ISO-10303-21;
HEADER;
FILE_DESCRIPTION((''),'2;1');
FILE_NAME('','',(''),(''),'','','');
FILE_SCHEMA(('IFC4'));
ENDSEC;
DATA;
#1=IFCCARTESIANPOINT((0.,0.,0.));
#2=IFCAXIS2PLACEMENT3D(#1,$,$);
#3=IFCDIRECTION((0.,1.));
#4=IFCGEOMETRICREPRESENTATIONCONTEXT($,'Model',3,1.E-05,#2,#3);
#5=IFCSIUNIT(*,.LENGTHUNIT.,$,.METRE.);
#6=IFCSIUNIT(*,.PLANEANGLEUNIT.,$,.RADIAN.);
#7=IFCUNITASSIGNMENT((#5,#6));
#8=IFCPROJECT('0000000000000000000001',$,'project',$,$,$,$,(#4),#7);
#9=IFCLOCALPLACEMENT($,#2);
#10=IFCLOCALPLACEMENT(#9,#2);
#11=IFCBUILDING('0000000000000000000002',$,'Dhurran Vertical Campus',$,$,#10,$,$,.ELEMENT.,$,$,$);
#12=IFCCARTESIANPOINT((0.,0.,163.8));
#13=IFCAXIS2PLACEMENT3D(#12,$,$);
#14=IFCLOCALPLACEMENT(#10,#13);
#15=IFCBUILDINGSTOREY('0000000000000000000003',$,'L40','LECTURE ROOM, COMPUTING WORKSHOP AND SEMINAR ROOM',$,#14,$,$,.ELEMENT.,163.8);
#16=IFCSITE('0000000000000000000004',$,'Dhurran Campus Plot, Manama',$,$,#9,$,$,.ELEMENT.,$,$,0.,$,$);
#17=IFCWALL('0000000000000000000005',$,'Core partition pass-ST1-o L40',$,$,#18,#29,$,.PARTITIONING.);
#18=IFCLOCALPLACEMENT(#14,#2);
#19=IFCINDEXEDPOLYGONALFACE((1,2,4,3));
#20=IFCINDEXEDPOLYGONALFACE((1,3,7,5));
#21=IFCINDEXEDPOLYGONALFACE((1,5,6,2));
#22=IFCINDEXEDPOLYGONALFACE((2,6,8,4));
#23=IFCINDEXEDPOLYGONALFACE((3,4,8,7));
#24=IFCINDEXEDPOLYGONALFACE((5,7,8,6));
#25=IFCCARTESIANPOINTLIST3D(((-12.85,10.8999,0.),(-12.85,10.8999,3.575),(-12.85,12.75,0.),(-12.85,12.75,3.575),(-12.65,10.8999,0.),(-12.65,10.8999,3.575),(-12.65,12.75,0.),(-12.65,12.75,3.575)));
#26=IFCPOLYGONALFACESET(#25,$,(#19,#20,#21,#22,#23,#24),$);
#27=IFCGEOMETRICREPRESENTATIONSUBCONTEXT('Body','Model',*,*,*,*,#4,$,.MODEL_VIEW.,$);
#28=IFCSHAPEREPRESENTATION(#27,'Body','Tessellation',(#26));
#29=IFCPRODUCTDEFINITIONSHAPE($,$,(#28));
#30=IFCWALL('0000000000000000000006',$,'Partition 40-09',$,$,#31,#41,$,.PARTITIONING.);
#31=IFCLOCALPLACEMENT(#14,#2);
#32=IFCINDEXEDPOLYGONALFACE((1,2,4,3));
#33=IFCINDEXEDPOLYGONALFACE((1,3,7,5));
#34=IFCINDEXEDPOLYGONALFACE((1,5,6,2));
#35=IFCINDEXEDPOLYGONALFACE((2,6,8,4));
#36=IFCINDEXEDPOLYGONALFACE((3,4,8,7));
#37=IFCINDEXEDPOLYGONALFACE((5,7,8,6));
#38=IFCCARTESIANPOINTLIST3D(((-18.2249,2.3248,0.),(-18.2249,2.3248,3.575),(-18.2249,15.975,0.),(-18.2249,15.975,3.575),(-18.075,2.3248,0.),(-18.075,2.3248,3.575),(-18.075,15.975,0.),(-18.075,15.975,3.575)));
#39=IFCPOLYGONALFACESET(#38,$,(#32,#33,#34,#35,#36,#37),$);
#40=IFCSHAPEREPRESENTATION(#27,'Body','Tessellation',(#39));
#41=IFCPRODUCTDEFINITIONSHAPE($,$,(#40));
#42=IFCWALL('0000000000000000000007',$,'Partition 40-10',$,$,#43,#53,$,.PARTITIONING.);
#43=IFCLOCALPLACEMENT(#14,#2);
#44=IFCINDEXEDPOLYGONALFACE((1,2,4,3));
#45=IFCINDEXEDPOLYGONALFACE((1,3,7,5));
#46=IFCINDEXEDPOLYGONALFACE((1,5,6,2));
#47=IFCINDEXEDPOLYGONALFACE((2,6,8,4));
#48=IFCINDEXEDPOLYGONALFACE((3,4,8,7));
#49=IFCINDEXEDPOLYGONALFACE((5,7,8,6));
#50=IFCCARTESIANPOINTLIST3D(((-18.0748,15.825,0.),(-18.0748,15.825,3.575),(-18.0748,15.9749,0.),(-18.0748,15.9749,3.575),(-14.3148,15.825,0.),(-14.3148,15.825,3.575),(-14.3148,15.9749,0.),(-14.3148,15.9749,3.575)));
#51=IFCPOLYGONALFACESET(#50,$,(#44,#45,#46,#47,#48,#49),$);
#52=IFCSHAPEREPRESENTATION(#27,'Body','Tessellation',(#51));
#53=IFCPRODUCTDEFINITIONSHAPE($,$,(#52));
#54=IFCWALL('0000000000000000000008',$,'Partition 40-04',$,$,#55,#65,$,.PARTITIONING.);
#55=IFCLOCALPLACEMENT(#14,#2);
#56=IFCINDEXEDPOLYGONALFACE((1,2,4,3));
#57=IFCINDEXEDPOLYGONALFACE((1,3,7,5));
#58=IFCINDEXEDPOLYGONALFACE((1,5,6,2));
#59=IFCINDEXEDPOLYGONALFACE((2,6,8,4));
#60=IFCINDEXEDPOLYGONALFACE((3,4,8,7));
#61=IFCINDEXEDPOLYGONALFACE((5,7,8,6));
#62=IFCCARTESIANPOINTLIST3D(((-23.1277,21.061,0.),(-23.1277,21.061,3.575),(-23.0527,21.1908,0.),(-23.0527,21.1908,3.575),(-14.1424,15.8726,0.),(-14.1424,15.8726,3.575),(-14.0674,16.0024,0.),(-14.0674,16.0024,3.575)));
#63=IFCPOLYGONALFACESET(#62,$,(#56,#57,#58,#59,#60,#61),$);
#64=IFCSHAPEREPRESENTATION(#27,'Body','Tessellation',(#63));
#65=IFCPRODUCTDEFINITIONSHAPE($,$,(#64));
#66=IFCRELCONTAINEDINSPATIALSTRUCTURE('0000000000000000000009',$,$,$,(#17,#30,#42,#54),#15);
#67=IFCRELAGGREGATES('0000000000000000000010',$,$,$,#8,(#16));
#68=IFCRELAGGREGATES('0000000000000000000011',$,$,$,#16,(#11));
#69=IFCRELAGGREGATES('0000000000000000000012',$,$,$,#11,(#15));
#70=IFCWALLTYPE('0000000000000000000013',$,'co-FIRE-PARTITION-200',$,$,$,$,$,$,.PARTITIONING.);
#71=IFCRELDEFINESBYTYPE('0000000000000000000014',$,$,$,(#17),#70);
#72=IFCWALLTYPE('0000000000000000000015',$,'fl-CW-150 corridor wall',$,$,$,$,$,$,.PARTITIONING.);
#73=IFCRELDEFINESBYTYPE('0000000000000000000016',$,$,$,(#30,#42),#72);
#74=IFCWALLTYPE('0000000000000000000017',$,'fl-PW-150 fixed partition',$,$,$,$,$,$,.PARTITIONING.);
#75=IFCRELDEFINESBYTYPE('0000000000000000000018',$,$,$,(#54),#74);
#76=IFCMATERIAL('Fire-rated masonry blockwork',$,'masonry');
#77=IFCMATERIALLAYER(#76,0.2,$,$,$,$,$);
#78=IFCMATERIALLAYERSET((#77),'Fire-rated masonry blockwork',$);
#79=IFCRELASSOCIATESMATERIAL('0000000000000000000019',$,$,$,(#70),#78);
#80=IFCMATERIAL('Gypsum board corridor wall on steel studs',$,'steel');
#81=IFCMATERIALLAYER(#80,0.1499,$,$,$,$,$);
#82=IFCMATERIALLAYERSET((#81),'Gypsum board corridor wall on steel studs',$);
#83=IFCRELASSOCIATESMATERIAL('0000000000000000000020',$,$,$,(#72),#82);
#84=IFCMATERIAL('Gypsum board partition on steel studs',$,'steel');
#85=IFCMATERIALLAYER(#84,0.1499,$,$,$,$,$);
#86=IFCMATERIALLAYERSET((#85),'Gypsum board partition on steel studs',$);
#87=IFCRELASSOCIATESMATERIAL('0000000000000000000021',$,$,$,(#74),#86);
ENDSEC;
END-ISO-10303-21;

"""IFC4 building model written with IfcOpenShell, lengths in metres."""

from ifc_helpers import new_model, si_unit, direction, frame, frame_2d, origin, place, context, subcontext, project, spatial, rectangle, extrude, material, layer, layer_set, type_object, element, save


model = new_model("IFC4")

# Units and contexts
model_context = context("Model", 3, precision=1e-05, world=origin(), true_north=direction((0.0, 1.0)))
body_context = subcontext(model_context, "Body", "Model", "MODEL_VIEW")
ifc_project = project(units=[si_unit("LENGTHUNIT", "METRE"), si_unit("PLANEANGLEUNIT", "RADIAN")], contexts=[model_context])

# Site, building, storey
site_placement = place(None, origin())
site = spatial("IfcSite", under=ifc_project, at=site_placement, Name="Dhurran Campus Plot, Manama", CompositionType="ELEMENT", RefElevation=0.0)
building_placement = place(site_placement, origin())
building = spatial("IfcBuilding", under=site, at=building_placement, Name="Dhurran Vertical Campus", CompositionType="ELEMENT")
storey_placement = place(building_placement, frame((0.0, 0.0, 163.8)))
storey = spatial("IfcBuildingStorey", under=building, at=storey_placement, Name="L40", Description="LECTURE ROOM, COMPUTING WORKSHOP AND SEMINAR ROOM", CompositionType="ELEMENT", Elevation=163.8)

# Walls
ifc_material_1 = material(Name="Fire-rated masonry blockwork", Category="masonry")
ifc_layer_1 = layer(ifc_material_1, 0.2)
ifc_layer_set_1 = layer_set([ifc_layer_1], Name="Fire-rated masonry blockwork")
wall_type_1 = type_object("IfcWallType", Name="co-FIRE-PARTITION-200", PredefinedType="PARTITIONING", material=ifc_layer_set_1)
wall_1_placement = place(storey_placement, frame((-12.75, 10.8999, 0.0), z_axis=(0.0, 0.0, 1.0), x_axis=(0.0, 1.0, 0.0)))
element("IfcWall", 1, at=wall_1_placement, inside=storey, type_object=wall_type_1, Name="Core partition pass-ST1-o L40", PredefinedType="PARTITIONING", context=body_context, shape_type="SweptSolid", body=[
    extrude(rectangle(XDim=1.8501, YDim=0.2, at=frame_2d((0.925, 0.0))), origin(), (0.0, 0.0, 1.0), 3.575),
])
ifc_material_2 = material(Name="Gypsum board corridor wall on steel studs", Category="steel")
ifc_layer_2 = layer(ifc_material_2, 0.1499)
ifc_layer_set_2 = layer_set([ifc_layer_2], Name="Gypsum board corridor wall on steel studs")
wall_type_2 = type_object("IfcWallType", Name="fl-CW-150 corridor wall", PredefinedType="PARTITIONING", material=ifc_layer_set_2)
wall_2_placement = place(storey_placement, frame((-18.1499, 15.9751, 0.0), z_axis=(0.0, 0.0, 1.0), x_axis=(0.0, -1.0, 0.0)))
element("IfcWall", 2, at=wall_2_placement, inside=storey, type_object=wall_type_2, Name="Partition 40-09", PredefinedType="PARTITIONING", context=body_context, shape_type="SweptSolid", body=[
    extrude(rectangle(XDim=13.6501, YDim=0.1499, at=frame_2d((6.8252, 0.0))), origin(), (0.0, 0.0, 1.0), 3.575),
])
wall_3_placement = place(storey_placement, frame((-14.3149, 15.8999, 0.0), z_axis=(0.0, 0.0, 1.0), x_axis=(-1.0, 0.0, 0.0)))
element("IfcWall", 3, at=wall_3_placement, inside=storey, type_object=wall_type_2, Name="Partition 40-10", PredefinedType="PARTITIONING", context=body_context, shape_type="SweptSolid", body=[
    extrude(rectangle(XDim=3.76, YDim=0.1499, at=frame_2d((1.8799, 0.0))), origin(), (0.0, 0.0, 1.0), 3.575),
])
ifc_material_3 = material(Name="Gypsum board partition on steel studs", Category="steel")
ifc_layer_3 = layer(ifc_material_3, 0.1499)
ifc_layer_set_3 = layer_set([ifc_layer_3], Name="Gypsum board partition on steel studs")
wall_type_3 = type_object("IfcWallType", Name="fl-PW-150 fixed partition", PredefinedType="PARTITIONING", material=ifc_layer_set_3)
wall_4_placement = place(storey_placement, frame((-23.0903, 21.126, 0.0), z_axis=(0.0, 0.0, 1.0), x_axis=(0.865993, -0.500056, 0.0)))
element("IfcWall", 4, at=wall_4_placement, inside=storey, type_object=wall_type_3, Name="Partition 40-04", PredefinedType="PARTITIONING", context=body_context, shape_type="SweptSolid", body=[
    extrude(rectangle(XDim=10.3757, YDim=0.1499, at=frame_2d((5.188, 0.0))), origin(), (0.0, 0.0, 1.0), 3.575),
])

save(model, "model.ifc")
